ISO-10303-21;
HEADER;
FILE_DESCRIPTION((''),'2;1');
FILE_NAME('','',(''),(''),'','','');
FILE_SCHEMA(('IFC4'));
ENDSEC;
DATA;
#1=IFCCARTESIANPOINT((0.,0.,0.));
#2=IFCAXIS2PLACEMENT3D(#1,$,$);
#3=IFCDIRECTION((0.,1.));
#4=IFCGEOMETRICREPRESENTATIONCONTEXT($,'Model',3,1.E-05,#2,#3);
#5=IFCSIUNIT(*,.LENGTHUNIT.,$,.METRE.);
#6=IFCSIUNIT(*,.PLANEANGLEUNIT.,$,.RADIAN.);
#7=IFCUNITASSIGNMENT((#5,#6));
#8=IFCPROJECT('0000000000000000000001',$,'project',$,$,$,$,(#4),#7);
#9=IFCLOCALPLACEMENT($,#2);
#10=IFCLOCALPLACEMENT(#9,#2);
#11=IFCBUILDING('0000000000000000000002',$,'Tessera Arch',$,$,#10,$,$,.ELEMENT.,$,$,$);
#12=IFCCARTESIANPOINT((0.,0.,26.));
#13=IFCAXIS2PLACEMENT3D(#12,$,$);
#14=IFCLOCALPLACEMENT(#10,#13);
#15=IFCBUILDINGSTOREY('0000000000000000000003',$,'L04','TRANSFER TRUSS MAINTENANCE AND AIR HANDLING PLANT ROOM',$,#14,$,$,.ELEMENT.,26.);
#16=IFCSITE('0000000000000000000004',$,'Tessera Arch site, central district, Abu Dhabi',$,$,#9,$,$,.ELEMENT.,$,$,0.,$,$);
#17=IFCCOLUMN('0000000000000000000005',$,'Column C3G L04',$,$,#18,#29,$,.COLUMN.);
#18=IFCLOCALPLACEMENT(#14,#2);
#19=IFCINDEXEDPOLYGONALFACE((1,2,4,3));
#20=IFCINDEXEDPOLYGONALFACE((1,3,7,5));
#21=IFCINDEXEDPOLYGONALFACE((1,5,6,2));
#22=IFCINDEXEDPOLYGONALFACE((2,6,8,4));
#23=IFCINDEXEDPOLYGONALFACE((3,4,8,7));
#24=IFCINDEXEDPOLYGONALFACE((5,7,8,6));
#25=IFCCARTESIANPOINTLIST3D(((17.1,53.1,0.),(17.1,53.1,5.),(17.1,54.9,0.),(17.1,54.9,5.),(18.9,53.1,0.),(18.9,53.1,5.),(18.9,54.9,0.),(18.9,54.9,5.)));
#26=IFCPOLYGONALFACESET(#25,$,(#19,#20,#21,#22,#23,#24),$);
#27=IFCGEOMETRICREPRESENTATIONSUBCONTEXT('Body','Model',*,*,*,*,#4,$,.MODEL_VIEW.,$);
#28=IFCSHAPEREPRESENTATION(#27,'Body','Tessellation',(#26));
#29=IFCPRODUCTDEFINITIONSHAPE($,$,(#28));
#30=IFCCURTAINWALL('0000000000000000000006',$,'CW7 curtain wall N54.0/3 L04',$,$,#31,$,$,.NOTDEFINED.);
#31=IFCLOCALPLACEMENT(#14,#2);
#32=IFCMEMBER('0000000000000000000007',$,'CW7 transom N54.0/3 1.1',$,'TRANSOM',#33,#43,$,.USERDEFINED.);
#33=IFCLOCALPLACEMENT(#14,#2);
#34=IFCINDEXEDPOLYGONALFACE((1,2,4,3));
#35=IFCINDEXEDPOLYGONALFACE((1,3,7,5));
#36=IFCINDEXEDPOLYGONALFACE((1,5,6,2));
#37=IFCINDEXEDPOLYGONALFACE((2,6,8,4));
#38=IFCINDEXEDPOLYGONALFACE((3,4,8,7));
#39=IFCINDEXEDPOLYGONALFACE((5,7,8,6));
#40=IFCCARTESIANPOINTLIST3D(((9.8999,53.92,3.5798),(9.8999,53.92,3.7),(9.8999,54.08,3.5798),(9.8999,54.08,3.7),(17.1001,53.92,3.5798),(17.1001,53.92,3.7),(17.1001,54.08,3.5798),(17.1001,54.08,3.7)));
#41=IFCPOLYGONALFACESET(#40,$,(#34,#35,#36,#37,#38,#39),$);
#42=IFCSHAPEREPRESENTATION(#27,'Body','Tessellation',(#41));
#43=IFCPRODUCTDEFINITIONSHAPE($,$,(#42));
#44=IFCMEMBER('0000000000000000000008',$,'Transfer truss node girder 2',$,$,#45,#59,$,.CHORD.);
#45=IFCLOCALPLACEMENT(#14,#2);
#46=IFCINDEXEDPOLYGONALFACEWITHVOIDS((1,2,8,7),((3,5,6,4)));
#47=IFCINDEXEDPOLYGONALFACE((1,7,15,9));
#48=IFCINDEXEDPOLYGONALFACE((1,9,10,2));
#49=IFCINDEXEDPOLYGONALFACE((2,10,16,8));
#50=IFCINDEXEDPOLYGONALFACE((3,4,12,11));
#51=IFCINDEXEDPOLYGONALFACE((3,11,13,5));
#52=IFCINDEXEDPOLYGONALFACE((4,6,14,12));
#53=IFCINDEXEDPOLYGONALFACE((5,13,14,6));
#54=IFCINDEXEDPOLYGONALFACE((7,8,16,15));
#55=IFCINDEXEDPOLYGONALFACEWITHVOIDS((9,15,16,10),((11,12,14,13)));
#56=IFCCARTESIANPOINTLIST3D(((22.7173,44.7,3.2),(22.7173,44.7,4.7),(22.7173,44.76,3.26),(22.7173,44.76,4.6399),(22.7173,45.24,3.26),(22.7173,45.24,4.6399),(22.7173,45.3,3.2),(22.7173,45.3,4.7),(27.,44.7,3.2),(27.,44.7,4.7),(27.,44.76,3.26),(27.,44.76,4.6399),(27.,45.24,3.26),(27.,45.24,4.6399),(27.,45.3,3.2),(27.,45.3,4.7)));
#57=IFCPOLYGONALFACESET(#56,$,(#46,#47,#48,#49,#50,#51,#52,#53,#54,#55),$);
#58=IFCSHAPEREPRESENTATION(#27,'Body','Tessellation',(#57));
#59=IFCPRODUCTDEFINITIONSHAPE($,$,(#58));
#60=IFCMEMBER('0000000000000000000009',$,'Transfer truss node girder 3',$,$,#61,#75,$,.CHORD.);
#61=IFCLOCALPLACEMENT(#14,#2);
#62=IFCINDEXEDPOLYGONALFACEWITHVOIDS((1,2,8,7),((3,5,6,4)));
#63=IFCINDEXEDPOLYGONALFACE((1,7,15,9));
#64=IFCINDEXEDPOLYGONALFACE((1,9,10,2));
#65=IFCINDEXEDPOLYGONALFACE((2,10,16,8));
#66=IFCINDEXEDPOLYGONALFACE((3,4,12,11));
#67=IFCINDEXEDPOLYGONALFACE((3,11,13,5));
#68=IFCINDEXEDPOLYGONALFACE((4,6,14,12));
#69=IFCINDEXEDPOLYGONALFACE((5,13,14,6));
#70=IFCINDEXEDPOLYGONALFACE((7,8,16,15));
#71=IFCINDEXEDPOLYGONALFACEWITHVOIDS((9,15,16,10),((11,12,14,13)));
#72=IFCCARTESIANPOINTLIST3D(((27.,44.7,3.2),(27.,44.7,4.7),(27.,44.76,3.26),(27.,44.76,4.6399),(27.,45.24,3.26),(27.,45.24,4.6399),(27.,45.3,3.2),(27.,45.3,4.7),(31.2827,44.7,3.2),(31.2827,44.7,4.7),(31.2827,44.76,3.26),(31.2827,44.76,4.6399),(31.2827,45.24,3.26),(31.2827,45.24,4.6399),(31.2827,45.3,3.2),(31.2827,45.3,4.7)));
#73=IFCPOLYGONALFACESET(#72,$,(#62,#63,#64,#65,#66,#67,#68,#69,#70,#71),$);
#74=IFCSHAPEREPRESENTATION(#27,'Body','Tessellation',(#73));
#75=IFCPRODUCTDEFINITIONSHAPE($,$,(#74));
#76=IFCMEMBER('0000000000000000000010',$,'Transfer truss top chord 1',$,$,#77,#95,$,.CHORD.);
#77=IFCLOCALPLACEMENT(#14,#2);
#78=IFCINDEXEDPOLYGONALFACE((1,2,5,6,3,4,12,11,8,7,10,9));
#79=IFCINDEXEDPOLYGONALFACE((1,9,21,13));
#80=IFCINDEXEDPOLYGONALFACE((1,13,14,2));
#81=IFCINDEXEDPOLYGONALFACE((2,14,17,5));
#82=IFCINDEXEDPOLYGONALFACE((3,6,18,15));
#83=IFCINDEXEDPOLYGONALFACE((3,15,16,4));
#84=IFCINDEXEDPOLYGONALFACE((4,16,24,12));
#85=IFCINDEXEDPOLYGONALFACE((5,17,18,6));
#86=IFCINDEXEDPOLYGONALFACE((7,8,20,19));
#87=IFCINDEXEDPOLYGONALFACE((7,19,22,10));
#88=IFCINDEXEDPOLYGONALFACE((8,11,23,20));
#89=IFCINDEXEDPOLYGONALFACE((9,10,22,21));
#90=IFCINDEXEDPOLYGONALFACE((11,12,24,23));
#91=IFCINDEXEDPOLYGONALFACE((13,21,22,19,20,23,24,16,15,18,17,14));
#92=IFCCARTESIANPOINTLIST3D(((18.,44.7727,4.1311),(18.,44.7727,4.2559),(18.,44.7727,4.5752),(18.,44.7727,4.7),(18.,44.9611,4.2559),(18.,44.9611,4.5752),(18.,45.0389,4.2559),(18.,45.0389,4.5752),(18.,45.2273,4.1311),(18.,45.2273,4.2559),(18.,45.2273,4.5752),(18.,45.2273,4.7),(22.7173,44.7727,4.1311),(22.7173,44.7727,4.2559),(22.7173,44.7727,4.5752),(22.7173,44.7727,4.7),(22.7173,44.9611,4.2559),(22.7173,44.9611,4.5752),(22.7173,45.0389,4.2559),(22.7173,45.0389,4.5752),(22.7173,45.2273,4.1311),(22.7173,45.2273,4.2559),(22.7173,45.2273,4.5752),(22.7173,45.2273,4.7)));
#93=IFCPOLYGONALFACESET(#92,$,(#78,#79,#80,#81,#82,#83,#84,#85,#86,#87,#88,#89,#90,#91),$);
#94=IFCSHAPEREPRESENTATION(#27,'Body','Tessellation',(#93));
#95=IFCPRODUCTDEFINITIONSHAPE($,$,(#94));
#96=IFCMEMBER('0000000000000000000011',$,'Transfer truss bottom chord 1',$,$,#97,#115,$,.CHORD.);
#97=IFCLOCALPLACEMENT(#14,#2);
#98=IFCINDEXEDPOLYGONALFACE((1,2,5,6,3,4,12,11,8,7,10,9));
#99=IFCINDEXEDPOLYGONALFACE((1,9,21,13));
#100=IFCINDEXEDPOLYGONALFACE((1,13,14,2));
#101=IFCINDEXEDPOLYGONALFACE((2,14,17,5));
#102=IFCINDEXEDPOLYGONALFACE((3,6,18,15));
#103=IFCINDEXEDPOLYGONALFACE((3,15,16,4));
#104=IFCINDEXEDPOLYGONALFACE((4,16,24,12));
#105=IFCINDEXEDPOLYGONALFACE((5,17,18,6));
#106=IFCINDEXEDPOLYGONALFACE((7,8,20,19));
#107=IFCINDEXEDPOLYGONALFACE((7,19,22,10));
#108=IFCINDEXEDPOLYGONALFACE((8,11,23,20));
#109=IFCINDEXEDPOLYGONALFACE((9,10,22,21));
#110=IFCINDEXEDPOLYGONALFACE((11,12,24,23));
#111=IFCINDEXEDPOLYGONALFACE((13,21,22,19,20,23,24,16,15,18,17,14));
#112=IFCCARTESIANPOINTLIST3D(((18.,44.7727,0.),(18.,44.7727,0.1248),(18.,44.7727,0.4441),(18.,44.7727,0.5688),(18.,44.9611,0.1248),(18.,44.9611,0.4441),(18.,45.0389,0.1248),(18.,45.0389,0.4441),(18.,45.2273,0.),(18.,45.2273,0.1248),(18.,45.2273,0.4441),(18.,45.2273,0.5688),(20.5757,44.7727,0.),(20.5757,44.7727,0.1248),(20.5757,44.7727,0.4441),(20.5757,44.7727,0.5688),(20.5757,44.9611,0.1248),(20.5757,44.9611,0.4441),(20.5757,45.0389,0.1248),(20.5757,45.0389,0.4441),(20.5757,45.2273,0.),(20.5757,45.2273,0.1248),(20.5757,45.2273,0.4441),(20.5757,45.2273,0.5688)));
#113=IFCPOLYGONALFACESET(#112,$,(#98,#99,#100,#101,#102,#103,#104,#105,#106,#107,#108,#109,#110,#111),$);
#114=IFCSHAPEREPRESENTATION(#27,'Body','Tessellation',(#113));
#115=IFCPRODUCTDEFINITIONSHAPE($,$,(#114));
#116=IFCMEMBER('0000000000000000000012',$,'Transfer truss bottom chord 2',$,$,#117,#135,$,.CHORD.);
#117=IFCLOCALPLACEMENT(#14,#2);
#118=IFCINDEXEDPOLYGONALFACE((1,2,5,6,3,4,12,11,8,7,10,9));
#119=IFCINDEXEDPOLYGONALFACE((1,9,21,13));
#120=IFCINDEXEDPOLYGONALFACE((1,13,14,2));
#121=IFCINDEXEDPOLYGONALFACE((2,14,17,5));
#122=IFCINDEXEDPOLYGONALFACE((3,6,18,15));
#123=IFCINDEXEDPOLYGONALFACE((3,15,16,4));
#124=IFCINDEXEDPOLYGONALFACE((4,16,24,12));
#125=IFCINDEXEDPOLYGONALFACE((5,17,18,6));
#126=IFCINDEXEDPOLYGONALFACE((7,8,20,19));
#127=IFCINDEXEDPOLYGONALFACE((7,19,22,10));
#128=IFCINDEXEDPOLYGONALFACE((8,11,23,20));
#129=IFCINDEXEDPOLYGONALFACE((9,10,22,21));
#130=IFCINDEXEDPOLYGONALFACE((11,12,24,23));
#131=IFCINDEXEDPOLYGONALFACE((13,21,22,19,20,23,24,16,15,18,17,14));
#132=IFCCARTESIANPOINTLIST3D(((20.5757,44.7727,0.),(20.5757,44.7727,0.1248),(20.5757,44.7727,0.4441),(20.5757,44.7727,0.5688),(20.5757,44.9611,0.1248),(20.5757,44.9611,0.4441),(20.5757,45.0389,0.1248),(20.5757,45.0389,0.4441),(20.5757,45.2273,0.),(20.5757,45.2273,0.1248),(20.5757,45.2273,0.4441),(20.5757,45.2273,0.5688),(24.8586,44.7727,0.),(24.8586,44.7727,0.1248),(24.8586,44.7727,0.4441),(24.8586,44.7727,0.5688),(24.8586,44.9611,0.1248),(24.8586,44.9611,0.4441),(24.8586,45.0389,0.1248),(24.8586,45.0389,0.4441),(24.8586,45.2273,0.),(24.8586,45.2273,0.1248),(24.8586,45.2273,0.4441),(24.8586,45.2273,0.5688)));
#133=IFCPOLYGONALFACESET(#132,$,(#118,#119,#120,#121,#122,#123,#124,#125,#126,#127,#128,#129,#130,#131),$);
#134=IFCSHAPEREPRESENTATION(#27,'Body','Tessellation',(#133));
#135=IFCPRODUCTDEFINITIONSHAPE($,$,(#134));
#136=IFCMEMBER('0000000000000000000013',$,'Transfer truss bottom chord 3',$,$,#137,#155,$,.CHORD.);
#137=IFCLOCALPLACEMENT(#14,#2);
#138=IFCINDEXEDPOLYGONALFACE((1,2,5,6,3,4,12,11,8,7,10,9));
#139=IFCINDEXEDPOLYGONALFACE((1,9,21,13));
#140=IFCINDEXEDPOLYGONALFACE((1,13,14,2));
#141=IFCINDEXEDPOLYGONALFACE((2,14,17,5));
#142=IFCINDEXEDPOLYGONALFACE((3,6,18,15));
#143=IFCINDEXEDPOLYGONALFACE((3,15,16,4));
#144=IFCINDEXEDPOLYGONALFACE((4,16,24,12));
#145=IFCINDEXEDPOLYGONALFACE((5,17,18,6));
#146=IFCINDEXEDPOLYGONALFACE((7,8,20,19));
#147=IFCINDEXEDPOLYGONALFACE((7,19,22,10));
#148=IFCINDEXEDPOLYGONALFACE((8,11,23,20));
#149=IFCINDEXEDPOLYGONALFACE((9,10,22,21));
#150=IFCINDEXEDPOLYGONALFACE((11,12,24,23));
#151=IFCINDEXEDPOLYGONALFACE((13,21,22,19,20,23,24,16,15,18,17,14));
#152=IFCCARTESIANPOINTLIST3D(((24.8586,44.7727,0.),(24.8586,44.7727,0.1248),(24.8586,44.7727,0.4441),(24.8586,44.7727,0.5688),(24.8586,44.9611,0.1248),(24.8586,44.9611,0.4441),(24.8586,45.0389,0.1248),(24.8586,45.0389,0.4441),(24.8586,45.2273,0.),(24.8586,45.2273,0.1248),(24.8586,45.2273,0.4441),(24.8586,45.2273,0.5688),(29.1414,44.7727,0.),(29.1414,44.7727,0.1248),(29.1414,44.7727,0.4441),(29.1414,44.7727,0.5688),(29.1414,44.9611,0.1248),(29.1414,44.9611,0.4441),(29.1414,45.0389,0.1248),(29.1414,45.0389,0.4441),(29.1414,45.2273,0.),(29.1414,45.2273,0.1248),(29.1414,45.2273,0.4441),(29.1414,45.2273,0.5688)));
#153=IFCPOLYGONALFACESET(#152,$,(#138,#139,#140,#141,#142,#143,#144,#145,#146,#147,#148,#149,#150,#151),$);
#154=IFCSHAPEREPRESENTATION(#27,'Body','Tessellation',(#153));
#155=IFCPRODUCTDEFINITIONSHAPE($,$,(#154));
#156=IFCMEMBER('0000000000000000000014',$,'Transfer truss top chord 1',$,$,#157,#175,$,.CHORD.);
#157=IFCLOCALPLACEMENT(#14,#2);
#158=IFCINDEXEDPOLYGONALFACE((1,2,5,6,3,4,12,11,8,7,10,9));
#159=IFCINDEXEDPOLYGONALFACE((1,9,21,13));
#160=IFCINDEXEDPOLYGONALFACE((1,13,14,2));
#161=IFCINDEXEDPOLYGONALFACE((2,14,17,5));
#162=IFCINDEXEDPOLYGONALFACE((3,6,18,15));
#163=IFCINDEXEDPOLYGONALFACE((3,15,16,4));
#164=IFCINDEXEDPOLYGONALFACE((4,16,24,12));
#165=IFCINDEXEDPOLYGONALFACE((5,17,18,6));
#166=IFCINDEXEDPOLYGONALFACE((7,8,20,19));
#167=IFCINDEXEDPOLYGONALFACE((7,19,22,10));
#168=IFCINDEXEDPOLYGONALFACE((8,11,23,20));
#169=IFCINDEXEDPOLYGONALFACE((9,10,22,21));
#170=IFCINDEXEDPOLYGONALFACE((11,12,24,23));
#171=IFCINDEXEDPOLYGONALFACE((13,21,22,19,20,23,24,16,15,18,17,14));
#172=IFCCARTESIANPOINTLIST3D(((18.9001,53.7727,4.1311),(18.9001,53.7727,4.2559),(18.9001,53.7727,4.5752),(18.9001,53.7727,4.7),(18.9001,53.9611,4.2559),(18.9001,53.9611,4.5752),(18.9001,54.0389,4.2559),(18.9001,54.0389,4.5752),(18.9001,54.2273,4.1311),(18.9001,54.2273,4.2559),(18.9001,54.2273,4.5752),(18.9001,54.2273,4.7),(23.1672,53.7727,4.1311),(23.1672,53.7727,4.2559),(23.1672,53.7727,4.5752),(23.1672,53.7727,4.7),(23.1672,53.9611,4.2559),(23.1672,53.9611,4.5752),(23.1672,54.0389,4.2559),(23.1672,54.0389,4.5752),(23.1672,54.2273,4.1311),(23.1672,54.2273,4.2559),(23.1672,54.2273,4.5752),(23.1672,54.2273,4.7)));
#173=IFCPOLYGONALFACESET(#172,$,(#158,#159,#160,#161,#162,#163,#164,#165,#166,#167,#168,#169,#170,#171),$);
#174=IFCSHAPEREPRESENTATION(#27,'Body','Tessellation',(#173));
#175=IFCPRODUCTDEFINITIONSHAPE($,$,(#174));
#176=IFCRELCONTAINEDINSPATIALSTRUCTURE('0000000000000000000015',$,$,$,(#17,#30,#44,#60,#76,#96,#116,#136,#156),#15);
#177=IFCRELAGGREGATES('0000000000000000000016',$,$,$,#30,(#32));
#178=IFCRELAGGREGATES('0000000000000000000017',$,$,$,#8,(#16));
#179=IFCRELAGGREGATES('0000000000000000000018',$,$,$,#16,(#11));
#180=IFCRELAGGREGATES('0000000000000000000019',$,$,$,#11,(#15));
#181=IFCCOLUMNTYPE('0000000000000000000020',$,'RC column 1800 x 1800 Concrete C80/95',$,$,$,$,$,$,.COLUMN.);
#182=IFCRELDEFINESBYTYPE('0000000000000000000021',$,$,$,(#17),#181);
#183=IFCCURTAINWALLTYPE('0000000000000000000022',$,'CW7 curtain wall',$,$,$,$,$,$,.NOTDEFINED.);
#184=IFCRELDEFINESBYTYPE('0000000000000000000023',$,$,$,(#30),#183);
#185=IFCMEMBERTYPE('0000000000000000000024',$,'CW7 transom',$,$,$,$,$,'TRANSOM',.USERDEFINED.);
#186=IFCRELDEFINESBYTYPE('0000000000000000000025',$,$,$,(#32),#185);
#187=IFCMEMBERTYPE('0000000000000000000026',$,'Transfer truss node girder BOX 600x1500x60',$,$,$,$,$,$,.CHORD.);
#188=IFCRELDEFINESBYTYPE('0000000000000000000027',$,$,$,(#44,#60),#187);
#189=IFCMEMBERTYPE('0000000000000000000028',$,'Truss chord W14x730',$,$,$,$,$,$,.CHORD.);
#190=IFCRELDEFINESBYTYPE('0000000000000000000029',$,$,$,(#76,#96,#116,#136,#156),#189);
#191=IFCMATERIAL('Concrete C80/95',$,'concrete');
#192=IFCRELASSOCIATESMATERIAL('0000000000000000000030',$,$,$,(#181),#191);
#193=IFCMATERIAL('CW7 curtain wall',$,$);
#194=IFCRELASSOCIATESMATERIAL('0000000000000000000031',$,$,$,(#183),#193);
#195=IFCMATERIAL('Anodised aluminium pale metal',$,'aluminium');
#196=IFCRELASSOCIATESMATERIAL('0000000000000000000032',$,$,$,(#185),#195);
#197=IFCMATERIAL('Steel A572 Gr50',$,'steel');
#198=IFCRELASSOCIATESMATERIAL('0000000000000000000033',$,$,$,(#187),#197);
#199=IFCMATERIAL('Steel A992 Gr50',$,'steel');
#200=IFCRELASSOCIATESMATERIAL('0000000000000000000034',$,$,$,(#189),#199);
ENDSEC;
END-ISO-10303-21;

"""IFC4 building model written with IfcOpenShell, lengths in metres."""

from ifc_helpers import new_model, si_unit, direction, frame, origin, origin_2d, place, context, subcontext, project, spatial, rectangle, hollow_rectangle, i_section, extrude, material, material_profile, profile_set, type_object, element, aggregate, save


model = new_model("IFC4")

# Units and contexts
model_context = context("Model", 3, precision=1e-05, world=origin(), true_north=direction((0.0, 1.0)))
body_context = subcontext(model_context, "Body", "Model", "MODEL_VIEW")
ifc_project = project(units=[si_unit("LENGTHUNIT", "METRE"), si_unit("PLANEANGLEUNIT", "RADIAN")], contexts=[model_context])

# Site, building, storey
site_placement = place(None, origin())
site = spatial("IfcSite", under=ifc_project, at=site_placement, Name="Tessera Arch site, central district, Abu Dhabi", CompositionType="ELEMENT", RefElevation=0.0)
building_placement = place(site_placement, origin())
building = spatial("IfcBuilding", under=site, at=building_placement, Name="Tessera Arch", CompositionType="ELEMENT")
storey_placement = place(building_placement, frame((0.0, 0.0, 26.0)))
storey = spatial("IfcBuildingStorey", under=building, at=storey_placement, Name="L04", Description="TRANSFER TRUSS MAINTENANCE AND AIR HANDLING PLANT ROOM", CompositionType="ELEMENT", Elevation=26.0)

# Column
ifc_material_1 = material(Name="Concrete C80/95", Category="concrete")
ifc_material_profile_1 = material_profile(ifc_material_1, rectangle(XDim=1.8, YDim=1.8, at=origin_2d()), Name="RC column 1800 x 1800 Concrete C80/95")
ifc_profile_set_1 = profile_set([ifc_material_profile_1], Name="Concrete C80/95")
column_type = type_object("IfcColumnType", Name="RC column 1800 x 1800 Concrete C80/95", PredefinedType="COLUMN", material=ifc_profile_set_1)
column_placement = place(storey_placement, frame((18.0, 54.0, 0.0), z_axis=(0.0, 0.0, 1.0), x_axis=(1.0, 0.0, 0.0)))
element("IfcColumn", 1, at=column_placement, inside=storey, type_object=column_type, Name="Column C3G L04", PredefinedType="COLUMN", context=body_context, shape_type="SweptSolid", body=[
    extrude(rectangle(XDim=1.8, YDim=1.8, at=origin_2d()), origin(), (0.0, 0.0, 1.0), 5.0),
])

# Curtain wall, member
ifc_material_2 = material(Name="CW7 curtain wall")
curtain_wall_type = type_object("IfcCurtainWallType", Name="CW7 curtain wall", PredefinedType="NOTDEFINED", material=ifc_material_2)
curtain_wall_placement = place(storey_placement, origin())
curtain_wall = element("IfcCurtainWall", 2, at=curtain_wall_placement, inside=storey, type_object=curtain_wall_type, Name="CW7 curtain wall N54.0/3 L04", PredefinedType="NOTDEFINED")
ifc_material_3 = material(Name="Anodised aluminium pale metal", Category="aluminium")
ifc_material_profile_2 = material_profile(ifc_material_3, rectangle(XDim=0.1599, YDim=0.1201, at=origin_2d()), Name="AL 160x120")
ifc_profile_set_2 = profile_set([ifc_material_profile_2], Name="Anodised aluminium pale metal")
member_type_1 = type_object("IfcMemberType", Name="CW7 transom", ElementType="TRANSOM", PredefinedType="USERDEFINED", material=ifc_profile_set_2)
member_1_placement = place(storey_placement, frame((17.1001, 54.0, 3.6399), z_axis=(-1.0, 0.0, 0.0), x_axis=(0.0, -1.0, 0.0)))
member_1 = element("IfcMember", 3, at=member_1_placement, type_object=member_type_1, Name="CW7 transom N54.0/3 1.1", ObjectType="TRANSOM", PredefinedType="USERDEFINED", context=body_context, shape_type="SweptSolid", body=[
    extrude(rectangle(XDim=0.1599, YDim=0.1201, at=origin_2d()), origin(), (0.0, 0.0, 1.0), 7.2002),
])

# Members
ifc_material_4 = material(Name="Steel A572 Gr50", Category="steel")
ifc_material_profile_3 = material_profile(ifc_material_4, hollow_rectangle(XDim=0.6001, YDim=1.5, WallThickness=0.0601, at=origin_2d()), Name="BOX 600x1500x60")
ifc_profile_set_3 = profile_set([ifc_material_profile_3], Name="Steel A572 Gr50")
member_type_2 = type_object("IfcMemberType", Name="Transfer truss node girder BOX 600x1500x60", PredefinedType="CHORD", material=ifc_profile_set_3)
for number, where, z_axis, x_axis, name in (
    (4, (22.7173, 45.0, 3.95), (1.0, 0.0, 0.0), (0.0, 1.0, 0.0), "Transfer truss node girder 2"),
    (5, (27.0, 45.0, 3.95), (1.0, 0.0, 0.0), (0.0, 1.0, 0.0), "Transfer truss node girder 3"),
):
    element("IfcMember", number, at=place(storey_placement, frame(where, z_axis=z_axis, x_axis=x_axis)), inside=storey, type_object=member_type_2, Name=name, PredefinedType="CHORD", context=body_context, shape_type="SweptSolid", body=[
        extrude(hollow_rectangle(XDim=0.6001, YDim=1.5, WallThickness=0.0601, at=origin_2d()), origin(), (0.0, 0.0, 1.0), 4.2827),
    ])
ifc_material_5 = material(Name="Steel A992 Gr50", Category="steel")
ifc_material_profile_4 = material_profile(ifc_material_5, i_section(OverallWidth=0.4546, OverallDepth=0.5688, WebThickness=0.0779, FlangeThickness=0.1248, at=origin_2d()), Name="W14x730")
ifc_profile_set_4 = profile_set([ifc_material_profile_4], Name="Steel A992 Gr50")
member_type_3 = type_object("IfcMemberType", Name="Truss chord W14x730", PredefinedType="CHORD", material=ifc_profile_set_4)
member_2_placement = place(storey_placement, frame((18.0, 45.0, 4.4155), z_axis=(1.0, 0.0, 0.0), x_axis=(0.0, 1.0, 0.0)))
element("IfcMember", 6, at=member_2_placement, inside=storey, type_object=member_type_3, Name="Transfer truss top chord 1", PredefinedType="CHORD", context=body_context, shape_type="SweptSolid", body=[
    extrude(i_section(OverallWidth=0.4546, OverallDepth=0.5688, WebThickness=0.0779, FlangeThickness=0.1248, at=origin_2d()), origin(), (0.0, 0.0, 1.0), 4.7173),
])
member_3_placement = place(storey_placement, frame((18.0, 45.0, 0.2844), z_axis=(1.0, 0.0, 0.0), x_axis=(0.0, 1.0, 0.0)))
element("IfcMember", 7, at=member_3_placement, inside=storey, type_object=member_type_3, Name="Transfer truss bottom chord 1", PredefinedType="CHORD", context=body_context, shape_type="SweptSolid", body=[
    extrude(i_section(OverallWidth=0.4546, OverallDepth=0.5688, WebThickness=0.0779, FlangeThickness=0.1248, at=origin_2d()), origin(), (0.0, 0.0, 1.0), 2.5757),
])
member_4_placement = place(storey_placement, frame((20.5757, 45.0, 0.2844), z_axis=(1.0, 0.0, 0.0), x_axis=(0.0, 1.0, 0.0)))
element("IfcMember", 8, at=member_4_placement, inside=storey, type_object=member_type_3, Name="Transfer truss bottom chord 2", PredefinedType="CHORD", context=body_context, shape_type="SweptSolid", body=[
    extrude(i_section(OverallWidth=0.4546, OverallDepth=0.5688, WebThickness=0.0779, FlangeThickness=0.1248, at=origin_2d()), origin(), (0.0, 0.0, 1.0), 4.283),
])
member_5_placement = place(storey_placement, frame((24.8586, 45.0, 0.2844), z_axis=(1.0, 0.0, 0.0), x_axis=(0.0, 1.0, 0.0)))
element("IfcMember", 9, at=member_5_placement, inside=storey, type_object=member_type_3, Name="Transfer truss bottom chord 3", PredefinedType="CHORD", context=body_context, shape_type="SweptSolid", body=[
    extrude(i_section(OverallWidth=0.4546, OverallDepth=0.5688, WebThickness=0.0779, FlangeThickness=0.1248, at=origin_2d()), origin(), (0.0, 0.0, 1.0), 4.2827),
])
member_6_placement = place(storey_placement, frame((18.9001, 54.0, 4.4155), z_axis=(1.0, 0.0, 0.0), x_axis=(0.0, 1.0, 0.0)))
element("IfcMember", 10, at=member_6_placement, inside=storey, type_object=member_type_3, Name="Transfer truss top chord 1", PredefinedType="CHORD", context=body_context, shape_type="SweptSolid", body=[
    extrude(i_section(OverallWidth=0.4546, OverallDepth=0.5688, WebThickness=0.0779, FlangeThickness=0.1248, at=origin_2d()), origin(), (0.0, 0.0, 1.0), 4.2671),
])

aggregate(curtain_wall, [member_1])

save(model, "model.ifc")
